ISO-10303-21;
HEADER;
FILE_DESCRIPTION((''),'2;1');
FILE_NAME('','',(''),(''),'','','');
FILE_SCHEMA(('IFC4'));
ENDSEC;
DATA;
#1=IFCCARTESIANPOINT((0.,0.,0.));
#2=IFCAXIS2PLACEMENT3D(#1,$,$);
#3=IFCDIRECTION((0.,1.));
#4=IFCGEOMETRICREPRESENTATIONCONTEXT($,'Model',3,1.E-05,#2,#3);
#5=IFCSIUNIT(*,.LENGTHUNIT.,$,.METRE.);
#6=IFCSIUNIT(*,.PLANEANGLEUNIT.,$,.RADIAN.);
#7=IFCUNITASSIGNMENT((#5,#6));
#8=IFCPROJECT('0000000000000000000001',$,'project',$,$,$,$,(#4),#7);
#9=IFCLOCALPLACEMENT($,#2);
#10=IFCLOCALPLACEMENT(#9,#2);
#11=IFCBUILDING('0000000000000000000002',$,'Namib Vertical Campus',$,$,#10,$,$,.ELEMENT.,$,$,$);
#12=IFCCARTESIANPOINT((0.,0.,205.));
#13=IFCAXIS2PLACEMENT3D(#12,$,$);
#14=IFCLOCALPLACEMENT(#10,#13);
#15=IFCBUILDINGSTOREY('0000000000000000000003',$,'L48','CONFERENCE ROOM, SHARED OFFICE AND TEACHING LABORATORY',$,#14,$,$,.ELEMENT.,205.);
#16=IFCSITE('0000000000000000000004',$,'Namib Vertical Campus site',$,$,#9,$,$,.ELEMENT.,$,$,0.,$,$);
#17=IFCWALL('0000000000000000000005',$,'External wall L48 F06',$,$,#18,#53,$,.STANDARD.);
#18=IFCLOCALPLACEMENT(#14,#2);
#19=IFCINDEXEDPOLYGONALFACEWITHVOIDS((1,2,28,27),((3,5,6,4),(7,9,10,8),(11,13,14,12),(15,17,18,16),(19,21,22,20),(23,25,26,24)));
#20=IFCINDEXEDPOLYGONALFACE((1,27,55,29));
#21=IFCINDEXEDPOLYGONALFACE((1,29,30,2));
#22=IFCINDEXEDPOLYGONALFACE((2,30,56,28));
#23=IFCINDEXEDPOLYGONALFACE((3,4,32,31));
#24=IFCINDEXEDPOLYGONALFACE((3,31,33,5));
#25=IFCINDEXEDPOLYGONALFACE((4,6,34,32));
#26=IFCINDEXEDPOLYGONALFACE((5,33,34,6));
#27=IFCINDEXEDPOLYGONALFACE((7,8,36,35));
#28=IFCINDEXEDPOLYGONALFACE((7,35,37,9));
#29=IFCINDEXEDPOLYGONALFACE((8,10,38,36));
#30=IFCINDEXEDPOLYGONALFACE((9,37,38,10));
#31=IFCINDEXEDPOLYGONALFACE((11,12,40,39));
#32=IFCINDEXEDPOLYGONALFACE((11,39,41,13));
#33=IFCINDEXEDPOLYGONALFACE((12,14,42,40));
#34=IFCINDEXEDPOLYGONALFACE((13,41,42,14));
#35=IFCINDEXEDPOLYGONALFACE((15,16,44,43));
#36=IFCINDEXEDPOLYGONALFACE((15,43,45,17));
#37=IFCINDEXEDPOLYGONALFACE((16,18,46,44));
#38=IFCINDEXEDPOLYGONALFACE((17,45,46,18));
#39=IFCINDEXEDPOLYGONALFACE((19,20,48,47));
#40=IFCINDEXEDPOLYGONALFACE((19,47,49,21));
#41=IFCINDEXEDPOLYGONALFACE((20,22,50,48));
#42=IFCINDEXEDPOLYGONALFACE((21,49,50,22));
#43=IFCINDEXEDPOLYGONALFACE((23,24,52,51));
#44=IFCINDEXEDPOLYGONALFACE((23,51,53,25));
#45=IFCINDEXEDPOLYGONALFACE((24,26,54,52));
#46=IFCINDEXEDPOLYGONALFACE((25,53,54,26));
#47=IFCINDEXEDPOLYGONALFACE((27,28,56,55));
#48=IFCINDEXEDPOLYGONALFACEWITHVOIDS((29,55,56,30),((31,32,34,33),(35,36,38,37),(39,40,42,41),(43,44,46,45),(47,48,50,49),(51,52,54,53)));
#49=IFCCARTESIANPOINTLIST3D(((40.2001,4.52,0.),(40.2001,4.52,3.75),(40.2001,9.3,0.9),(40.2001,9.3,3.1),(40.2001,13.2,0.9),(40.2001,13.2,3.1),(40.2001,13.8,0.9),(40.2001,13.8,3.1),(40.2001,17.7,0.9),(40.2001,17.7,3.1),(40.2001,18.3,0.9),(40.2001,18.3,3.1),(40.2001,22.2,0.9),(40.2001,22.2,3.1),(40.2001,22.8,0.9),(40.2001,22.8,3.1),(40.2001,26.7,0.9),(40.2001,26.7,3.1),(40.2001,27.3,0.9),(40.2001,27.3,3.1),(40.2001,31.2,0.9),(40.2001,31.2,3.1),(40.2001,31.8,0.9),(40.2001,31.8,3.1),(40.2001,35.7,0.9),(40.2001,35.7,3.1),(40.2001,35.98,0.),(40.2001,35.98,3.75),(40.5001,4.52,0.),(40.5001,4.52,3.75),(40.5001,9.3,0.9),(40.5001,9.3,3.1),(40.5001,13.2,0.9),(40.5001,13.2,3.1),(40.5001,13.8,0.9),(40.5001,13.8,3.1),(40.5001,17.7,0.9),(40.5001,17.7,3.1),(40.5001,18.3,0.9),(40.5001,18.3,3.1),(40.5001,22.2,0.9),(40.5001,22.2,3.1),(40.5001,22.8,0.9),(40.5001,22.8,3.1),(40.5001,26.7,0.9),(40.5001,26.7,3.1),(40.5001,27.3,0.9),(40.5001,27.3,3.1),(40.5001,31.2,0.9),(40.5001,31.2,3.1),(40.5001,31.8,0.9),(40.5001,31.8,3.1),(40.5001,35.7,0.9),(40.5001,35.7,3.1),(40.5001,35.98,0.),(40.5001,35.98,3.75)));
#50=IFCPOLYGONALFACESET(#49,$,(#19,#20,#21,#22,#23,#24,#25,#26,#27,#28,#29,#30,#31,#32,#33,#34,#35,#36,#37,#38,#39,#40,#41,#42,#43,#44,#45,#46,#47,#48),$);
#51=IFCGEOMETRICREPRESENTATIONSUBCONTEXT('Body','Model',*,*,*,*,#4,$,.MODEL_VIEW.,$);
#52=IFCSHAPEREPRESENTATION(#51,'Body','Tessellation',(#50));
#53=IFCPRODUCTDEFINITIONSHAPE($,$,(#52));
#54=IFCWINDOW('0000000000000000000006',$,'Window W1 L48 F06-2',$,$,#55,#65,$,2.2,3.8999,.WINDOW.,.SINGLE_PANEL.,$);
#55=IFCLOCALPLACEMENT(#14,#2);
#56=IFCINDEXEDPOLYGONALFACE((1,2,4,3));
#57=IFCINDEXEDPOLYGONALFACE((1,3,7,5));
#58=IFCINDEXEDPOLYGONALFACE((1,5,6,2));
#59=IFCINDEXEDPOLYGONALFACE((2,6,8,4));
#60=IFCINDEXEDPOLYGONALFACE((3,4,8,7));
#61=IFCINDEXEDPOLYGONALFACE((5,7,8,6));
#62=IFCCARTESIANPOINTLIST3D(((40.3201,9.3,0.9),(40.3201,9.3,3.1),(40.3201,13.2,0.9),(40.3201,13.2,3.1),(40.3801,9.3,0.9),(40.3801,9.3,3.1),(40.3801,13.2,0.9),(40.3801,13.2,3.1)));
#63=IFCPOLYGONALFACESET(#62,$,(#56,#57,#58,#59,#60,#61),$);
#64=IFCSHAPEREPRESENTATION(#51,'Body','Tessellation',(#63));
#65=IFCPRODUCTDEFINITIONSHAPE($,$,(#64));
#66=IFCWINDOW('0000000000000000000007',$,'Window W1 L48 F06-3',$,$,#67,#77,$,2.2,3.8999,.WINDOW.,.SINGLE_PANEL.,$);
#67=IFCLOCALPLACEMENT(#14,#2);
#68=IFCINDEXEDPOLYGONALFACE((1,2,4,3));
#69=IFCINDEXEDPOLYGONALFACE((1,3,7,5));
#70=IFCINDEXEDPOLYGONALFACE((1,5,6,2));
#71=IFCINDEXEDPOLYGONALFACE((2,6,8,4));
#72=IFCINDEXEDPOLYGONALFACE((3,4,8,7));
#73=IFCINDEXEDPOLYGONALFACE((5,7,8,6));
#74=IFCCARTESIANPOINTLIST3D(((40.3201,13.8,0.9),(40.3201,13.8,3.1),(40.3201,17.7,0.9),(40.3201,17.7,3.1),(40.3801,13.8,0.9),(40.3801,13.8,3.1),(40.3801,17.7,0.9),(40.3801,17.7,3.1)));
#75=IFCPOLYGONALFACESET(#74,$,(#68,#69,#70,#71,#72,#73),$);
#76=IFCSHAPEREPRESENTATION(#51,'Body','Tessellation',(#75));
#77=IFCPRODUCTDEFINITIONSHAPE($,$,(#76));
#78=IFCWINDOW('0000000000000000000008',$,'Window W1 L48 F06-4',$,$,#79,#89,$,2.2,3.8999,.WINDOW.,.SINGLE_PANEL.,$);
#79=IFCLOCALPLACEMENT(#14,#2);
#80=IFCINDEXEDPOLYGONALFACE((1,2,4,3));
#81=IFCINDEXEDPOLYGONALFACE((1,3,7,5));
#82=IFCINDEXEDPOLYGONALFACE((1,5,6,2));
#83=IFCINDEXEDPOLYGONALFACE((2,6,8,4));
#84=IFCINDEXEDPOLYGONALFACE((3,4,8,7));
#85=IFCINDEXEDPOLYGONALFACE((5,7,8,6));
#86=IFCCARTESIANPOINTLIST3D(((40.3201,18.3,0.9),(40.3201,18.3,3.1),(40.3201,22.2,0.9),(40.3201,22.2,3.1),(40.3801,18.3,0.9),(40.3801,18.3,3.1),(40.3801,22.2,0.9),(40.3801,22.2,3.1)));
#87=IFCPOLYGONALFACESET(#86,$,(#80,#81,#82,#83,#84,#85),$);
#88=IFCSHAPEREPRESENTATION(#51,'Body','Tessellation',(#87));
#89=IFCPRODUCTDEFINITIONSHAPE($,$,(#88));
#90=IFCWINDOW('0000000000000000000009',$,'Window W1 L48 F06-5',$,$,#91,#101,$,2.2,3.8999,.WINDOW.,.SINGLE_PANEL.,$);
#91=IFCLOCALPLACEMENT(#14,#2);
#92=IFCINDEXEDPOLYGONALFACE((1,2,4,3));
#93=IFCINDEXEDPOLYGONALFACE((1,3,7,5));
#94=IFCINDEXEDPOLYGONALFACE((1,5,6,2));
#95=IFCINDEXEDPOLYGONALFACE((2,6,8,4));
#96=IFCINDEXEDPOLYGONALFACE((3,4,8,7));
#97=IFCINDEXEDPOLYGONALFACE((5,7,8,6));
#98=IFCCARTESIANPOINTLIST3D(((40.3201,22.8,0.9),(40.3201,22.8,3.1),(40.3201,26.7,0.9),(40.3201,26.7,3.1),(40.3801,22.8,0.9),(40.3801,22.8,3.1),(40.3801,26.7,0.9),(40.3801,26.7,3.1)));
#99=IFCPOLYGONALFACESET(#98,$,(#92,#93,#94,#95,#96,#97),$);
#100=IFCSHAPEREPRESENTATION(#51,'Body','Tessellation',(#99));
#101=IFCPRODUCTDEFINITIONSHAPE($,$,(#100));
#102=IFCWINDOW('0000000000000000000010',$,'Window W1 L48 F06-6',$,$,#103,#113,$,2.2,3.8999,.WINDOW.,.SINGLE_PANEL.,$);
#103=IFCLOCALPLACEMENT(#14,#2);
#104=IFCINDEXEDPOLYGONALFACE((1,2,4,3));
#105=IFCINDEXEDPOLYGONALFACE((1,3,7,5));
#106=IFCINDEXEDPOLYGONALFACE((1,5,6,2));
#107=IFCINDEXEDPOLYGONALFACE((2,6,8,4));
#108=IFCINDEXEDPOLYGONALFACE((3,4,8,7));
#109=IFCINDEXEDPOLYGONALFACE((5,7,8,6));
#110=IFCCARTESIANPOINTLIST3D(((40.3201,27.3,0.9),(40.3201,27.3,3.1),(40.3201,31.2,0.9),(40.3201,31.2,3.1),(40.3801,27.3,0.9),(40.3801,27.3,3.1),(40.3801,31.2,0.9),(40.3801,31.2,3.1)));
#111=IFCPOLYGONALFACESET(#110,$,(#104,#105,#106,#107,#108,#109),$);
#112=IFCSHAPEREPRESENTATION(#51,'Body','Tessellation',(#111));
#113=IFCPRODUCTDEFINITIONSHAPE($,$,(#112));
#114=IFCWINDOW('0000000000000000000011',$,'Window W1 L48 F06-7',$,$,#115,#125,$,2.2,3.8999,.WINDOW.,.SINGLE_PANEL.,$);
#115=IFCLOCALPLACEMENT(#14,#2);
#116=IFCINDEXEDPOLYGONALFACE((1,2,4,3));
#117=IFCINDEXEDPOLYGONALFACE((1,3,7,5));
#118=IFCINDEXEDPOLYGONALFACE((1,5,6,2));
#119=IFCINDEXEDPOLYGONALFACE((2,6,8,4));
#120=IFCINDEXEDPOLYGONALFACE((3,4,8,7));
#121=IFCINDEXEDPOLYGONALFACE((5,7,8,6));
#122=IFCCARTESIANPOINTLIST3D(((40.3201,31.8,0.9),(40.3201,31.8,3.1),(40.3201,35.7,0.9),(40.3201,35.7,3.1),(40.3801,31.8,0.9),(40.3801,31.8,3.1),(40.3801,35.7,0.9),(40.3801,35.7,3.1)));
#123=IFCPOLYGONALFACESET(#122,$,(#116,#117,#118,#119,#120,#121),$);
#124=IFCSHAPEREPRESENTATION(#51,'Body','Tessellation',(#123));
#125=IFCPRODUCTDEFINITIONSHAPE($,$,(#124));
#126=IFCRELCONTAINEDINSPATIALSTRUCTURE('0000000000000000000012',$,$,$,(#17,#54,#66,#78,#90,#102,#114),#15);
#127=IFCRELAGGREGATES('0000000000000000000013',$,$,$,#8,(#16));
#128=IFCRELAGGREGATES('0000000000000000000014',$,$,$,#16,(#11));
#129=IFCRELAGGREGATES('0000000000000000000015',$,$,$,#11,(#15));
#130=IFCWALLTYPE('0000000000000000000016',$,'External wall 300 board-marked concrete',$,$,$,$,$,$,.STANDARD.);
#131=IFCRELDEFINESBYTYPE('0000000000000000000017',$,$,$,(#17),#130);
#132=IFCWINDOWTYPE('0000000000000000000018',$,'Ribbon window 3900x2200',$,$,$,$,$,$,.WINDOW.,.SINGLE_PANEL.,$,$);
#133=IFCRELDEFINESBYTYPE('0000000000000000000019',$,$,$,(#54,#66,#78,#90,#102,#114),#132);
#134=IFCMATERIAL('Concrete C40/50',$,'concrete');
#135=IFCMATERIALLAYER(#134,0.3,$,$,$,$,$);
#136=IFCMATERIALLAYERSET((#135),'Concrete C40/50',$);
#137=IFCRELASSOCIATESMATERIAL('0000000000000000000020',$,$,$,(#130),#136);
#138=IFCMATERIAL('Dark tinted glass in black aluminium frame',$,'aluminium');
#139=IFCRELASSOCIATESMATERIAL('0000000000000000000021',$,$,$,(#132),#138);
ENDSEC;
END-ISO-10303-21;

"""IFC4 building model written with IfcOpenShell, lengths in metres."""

from ifc_helpers import new_model, si_unit, direction, frame, frame_2d, origin, place, context, subcontext, project, spatial, rectangle, extrude, material, layer, layer_set, type_object, element, fill, save


model = new_model("IFC4")

# Units and contexts
model_context = context("Model", 3, precision=1e-05, world=origin(), true_north=direction((0.0, 1.0)))
body_context = subcontext(model_context, "Body", "Model", "MODEL_VIEW")
ifc_project = project(units=[si_unit("LENGTHUNIT", "METRE"), si_unit("PLANEANGLEUNIT", "RADIAN")], contexts=[model_context])

# Site, building, storey
site_placement = place(None, origin())
site = spatial("IfcSite", under=ifc_project, at=site_placement, Name="Namib Vertical Campus site", CompositionType="ELEMENT", RefElevation=0.0)
building_placement = place(site_placement, origin())
building = spatial("IfcBuilding", under=site, at=building_placement, Name="Namib Vertical Campus", CompositionType="ELEMENT")
storey_placement = place(building_placement, frame((0.0, 0.0, 205.0)))
storey = spatial("IfcBuildingStorey", under=building, at=storey_placement, Name="L48", Description="CONFERENCE ROOM, SHARED OFFICE AND TEACHING LABORATORY", CompositionType="ELEMENT", Elevation=205.0)

# Wall, openings, windows
ifc_material_1 = material(Name="Concrete C40/50", Category="concrete")
ifc_layer_1 = layer(ifc_material_1, 0.3)
ifc_layer_set_1 = layer_set([ifc_layer_1], Name="Concrete C40/50")
wall_type_1 = type_object("IfcWallType", Name="External wall 300 board-marked concrete", PredefinedType="STANDARD", material=ifc_layer_set_1)
wall_1_placement = place(storey_placement, frame((40.3501, 4.52, 0.0), z_axis=(0.0, 0.0, 1.0), x_axis=(0.0, 1.0, 0.0)))
wall_1 = element("IfcWall", 1, at=wall_1_placement, inside=storey, type_object=wall_type_1, Name="External wall L48 F06", PredefinedType="STANDARD", context=body_context, shape_type="SweptSolid", body=[
    extrude(rectangle(XDim=31.46, YDim=0.3, at=frame_2d((15.73, 0.0))), origin(), (0.0, 0.0, 1.0), 3.75),
])
opening_1_placement = place(wall_1_placement, frame((4.78, 0.0, 0.8999)))
opening_1 = element("IfcOpeningElement", 2, at=opening_1_placement, cuts=wall_1, PredefinedType="OPENING", context=body_context, shape_type="SweptSolid", body=[
    extrude(rectangle(XDim=3.8999, YDim=2.2, at=frame_2d((1.95, 1.1001))), frame((0.0, 0.1599, 0.0), z_axis=(0.0, -1.0, 0.0), x_axis=(1.0, 0.0, 0.0)), (0.0, 0.0, 1.0), 0.3201),
])
opening_2_placement = place(wall_1_placement, frame((9.28, 0.0, 0.8999)))
opening_2 = element("IfcOpeningElement", 3, at=opening_2_placement, cuts=wall_1, PredefinedType="OPENING", context=body_context, shape_type="SweptSolid", body=[
    extrude(rectangle(XDim=3.8999, YDim=2.2, at=frame_2d((1.95, 1.1001))), frame((0.0, 0.1599, 0.0), z_axis=(0.0, -1.0, 0.0), x_axis=(1.0, 0.0, 0.0)), (0.0, 0.0, 1.0), 0.3201),
])
opening_3_placement = place(wall_1_placement, frame((13.78, 0.0, 0.8999)))
opening_3 = element("IfcOpeningElement", 4, at=opening_3_placement, cuts=wall_1, PredefinedType="OPENING", context=body_context, shape_type="SweptSolid", body=[
    extrude(rectangle(XDim=3.8999, YDim=2.2, at=frame_2d((1.95, 1.1001))), frame((0.0, 0.1599, 0.0), z_axis=(0.0, -1.0, 0.0), x_axis=(1.0, 0.0, 0.0)), (0.0, 0.0, 1.0), 0.3201),
])
opening_4_placement = place(wall_1_placement, frame((18.28, 0.0, 0.8999)))
opening_4 = element("IfcOpeningElement", 5, at=opening_4_placement, cuts=wall_1, PredefinedType="OPENING", context=body_context, shape_type="SweptSolid", body=[
    extrude(rectangle(XDim=3.8999, YDim=2.2, at=frame_2d((1.95, 1.1001))), frame((0.0, 0.1599, 0.0), z_axis=(0.0, -1.0, 0.0), x_axis=(1.0, 0.0, 0.0)), (0.0, 0.0, 1.0), 0.3201),
])
opening_5_placement = place(wall_1_placement, frame((22.78, 0.0, 0.8999)))
opening_5 = element("IfcOpeningElement", 6, at=opening_5_placement, cuts=wall_1, PredefinedType="OPENING", context=body_context, shape_type="SweptSolid", body=[
    extrude(rectangle(XDim=3.8999, YDim=2.2, at=frame_2d((1.95, 1.1001))), frame((0.0, 0.1599, 0.0), z_axis=(0.0, -1.0, 0.0), x_axis=(1.0, 0.0, 0.0)), (0.0, 0.0, 1.0), 0.3201),
])
opening_6_placement = place(wall_1_placement, frame((27.28, 0.0, 0.8999)))
opening_6 = element("IfcOpeningElement", 7, at=opening_6_placement, cuts=wall_1, PredefinedType="OPENING", context=body_context, shape_type="SweptSolid", body=[
    extrude(rectangle(XDim=3.8999, YDim=2.2, at=frame_2d((1.95, 1.1001))), frame((0.0, 0.1599, 0.0), z_axis=(0.0, -1.0, 0.0), x_axis=(1.0, 0.0, 0.0)), (0.0, 0.0, 1.0), 0.3201),
])
ifc_material_2 = material(Name="Dark tinted glass in black aluminium frame", Category="aluminium")
window_type = type_object("IfcWindowType", Name="Ribbon window 3900x2200", PartitioningType="SINGLE_PANEL", PredefinedType="WINDOW", material=ifc_material_2)
window_1_placement = place(opening_1_placement, origin())
window_1 = element("IfcWindow", 8, at=window_1_placement, inside=storey, type_object=window_type, Name="Window W1 L48 F06-2", OverallHeight=2.2, OverallWidth=3.8999, PartitioningType="SINGLE_PANEL", PredefinedType="WINDOW", context=body_context, shape_type="SweptSolid", body=[
    extrude(rectangle(XDim=3.8999, YDim=2.2, at=frame_2d((1.95, 1.1001))), frame((0.0, 0.03, 0.0), z_axis=(0.0, -1.0, 0.0), x_axis=(1.0, 0.0, 0.0)), (0.0, 0.0, 1.0), 0.0601),
])
fill(opening_1, window_1)
window_2_placement = place(opening_2_placement, origin())
window_2 = element("IfcWindow", 9, at=window_2_placement, inside=storey, type_object=window_type, Name="Window W1 L48 F06-3", OverallHeight=2.2, OverallWidth=3.8999, PartitioningType="SINGLE_PANEL", PredefinedType="WINDOW", context=body_context, shape_type="SweptSolid", body=[
    extrude(rectangle(XDim=3.8999, YDim=2.2, at=frame_2d((1.95, 1.1001))), frame((0.0, 0.03, 0.0), z_axis=(0.0, -1.0, 0.0), x_axis=(1.0, 0.0, 0.0)), (0.0, 0.0, 1.0), 0.0601),
])
fill(opening_2, window_2)
window_3_placement = place(opening_3_placement, origin())
window_3 = element("IfcWindow", 10, at=window_3_placement, inside=storey, type_object=window_type, Name="Window W1 L48 F06-4", OverallHeight=2.2, OverallWidth=3.8999, PartitioningType="SINGLE_PANEL", PredefinedType="WINDOW", context=body_context, shape_type="SweptSolid", body=[
    extrude(rectangle(XDim=3.8999, YDim=2.2, at=frame_2d((1.95, 1.1001))), frame((0.0, 0.03, 0.0), z_axis=(0.0, -1.0, 0.0), x_axis=(1.0, 0.0, 0.0)), (0.0, 0.0, 1.0), 0.0601),
])
fill(opening_3, window_3)
window_4_placement = place(opening_4_placement, origin())
window_4 = element("IfcWindow", 11, at=window_4_placement, inside=storey, type_object=window_type, Name="Window W1 L48 F06-5", OverallHeight=2.2, OverallWidth=3.8999, PartitioningType="SINGLE_PANEL", PredefinedType="WINDOW", context=body_context, shape_type="SweptSolid", body=[
    extrude(rectangle(XDim=3.8999, YDim=2.2, at=frame_2d((1.95, 1.1001))), frame((0.0, 0.03, 0.0), z_axis=(0.0, -1.0, 0.0), x_axis=(1.0, 0.0, 0.0)), (0.0, 0.0, 1.0), 0.0601),
])
fill(opening_4, window_4)
window_5_placement = place(opening_5_placement, origin())
window_5 = element("IfcWindow", 12, at=window_5_placement, inside=storey, type_object=window_type, Name="Window W1 L48 F06-6", OverallHeight=2.2, OverallWidth=3.8999, PartitioningType="SINGLE_PANEL", PredefinedType="WINDOW", context=body_context, shape_type="SweptSolid", body=[
    extrude(rectangle(XDim=3.8999, YDim=2.2, at=frame_2d((1.95, 1.1001))), frame((0.0, 0.03, 0.0), z_axis=(0.0, -1.0, 0.0), x_axis=(1.0, 0.0, 0.0)), (0.0, 0.0, 1.0), 0.0601),
])
fill(opening_5, window_5)
window_6_placement = place(opening_6_placement, origin())
window_6 = element("IfcWindow", 13, at=window_6_placement, inside=storey, type_object=window_type, Name="Window W1 L48 F06-7", OverallHeight=2.2, OverallWidth=3.8999, PartitioningType="SINGLE_PANEL", PredefinedType="WINDOW", context=body_context, shape_type="SweptSolid", body=[
    extrude(rectangle(XDim=3.8999, YDim=2.2, at=frame_2d((1.95, 1.1001))), frame((0.0, 0.03, 0.0), z_axis=(0.0, -1.0, 0.0), x_axis=(1.0, 0.0, 0.0)), (0.0, 0.0, 1.0), 0.0601),
])
fill(opening_6, window_6)

save(model, "model.ifc")
